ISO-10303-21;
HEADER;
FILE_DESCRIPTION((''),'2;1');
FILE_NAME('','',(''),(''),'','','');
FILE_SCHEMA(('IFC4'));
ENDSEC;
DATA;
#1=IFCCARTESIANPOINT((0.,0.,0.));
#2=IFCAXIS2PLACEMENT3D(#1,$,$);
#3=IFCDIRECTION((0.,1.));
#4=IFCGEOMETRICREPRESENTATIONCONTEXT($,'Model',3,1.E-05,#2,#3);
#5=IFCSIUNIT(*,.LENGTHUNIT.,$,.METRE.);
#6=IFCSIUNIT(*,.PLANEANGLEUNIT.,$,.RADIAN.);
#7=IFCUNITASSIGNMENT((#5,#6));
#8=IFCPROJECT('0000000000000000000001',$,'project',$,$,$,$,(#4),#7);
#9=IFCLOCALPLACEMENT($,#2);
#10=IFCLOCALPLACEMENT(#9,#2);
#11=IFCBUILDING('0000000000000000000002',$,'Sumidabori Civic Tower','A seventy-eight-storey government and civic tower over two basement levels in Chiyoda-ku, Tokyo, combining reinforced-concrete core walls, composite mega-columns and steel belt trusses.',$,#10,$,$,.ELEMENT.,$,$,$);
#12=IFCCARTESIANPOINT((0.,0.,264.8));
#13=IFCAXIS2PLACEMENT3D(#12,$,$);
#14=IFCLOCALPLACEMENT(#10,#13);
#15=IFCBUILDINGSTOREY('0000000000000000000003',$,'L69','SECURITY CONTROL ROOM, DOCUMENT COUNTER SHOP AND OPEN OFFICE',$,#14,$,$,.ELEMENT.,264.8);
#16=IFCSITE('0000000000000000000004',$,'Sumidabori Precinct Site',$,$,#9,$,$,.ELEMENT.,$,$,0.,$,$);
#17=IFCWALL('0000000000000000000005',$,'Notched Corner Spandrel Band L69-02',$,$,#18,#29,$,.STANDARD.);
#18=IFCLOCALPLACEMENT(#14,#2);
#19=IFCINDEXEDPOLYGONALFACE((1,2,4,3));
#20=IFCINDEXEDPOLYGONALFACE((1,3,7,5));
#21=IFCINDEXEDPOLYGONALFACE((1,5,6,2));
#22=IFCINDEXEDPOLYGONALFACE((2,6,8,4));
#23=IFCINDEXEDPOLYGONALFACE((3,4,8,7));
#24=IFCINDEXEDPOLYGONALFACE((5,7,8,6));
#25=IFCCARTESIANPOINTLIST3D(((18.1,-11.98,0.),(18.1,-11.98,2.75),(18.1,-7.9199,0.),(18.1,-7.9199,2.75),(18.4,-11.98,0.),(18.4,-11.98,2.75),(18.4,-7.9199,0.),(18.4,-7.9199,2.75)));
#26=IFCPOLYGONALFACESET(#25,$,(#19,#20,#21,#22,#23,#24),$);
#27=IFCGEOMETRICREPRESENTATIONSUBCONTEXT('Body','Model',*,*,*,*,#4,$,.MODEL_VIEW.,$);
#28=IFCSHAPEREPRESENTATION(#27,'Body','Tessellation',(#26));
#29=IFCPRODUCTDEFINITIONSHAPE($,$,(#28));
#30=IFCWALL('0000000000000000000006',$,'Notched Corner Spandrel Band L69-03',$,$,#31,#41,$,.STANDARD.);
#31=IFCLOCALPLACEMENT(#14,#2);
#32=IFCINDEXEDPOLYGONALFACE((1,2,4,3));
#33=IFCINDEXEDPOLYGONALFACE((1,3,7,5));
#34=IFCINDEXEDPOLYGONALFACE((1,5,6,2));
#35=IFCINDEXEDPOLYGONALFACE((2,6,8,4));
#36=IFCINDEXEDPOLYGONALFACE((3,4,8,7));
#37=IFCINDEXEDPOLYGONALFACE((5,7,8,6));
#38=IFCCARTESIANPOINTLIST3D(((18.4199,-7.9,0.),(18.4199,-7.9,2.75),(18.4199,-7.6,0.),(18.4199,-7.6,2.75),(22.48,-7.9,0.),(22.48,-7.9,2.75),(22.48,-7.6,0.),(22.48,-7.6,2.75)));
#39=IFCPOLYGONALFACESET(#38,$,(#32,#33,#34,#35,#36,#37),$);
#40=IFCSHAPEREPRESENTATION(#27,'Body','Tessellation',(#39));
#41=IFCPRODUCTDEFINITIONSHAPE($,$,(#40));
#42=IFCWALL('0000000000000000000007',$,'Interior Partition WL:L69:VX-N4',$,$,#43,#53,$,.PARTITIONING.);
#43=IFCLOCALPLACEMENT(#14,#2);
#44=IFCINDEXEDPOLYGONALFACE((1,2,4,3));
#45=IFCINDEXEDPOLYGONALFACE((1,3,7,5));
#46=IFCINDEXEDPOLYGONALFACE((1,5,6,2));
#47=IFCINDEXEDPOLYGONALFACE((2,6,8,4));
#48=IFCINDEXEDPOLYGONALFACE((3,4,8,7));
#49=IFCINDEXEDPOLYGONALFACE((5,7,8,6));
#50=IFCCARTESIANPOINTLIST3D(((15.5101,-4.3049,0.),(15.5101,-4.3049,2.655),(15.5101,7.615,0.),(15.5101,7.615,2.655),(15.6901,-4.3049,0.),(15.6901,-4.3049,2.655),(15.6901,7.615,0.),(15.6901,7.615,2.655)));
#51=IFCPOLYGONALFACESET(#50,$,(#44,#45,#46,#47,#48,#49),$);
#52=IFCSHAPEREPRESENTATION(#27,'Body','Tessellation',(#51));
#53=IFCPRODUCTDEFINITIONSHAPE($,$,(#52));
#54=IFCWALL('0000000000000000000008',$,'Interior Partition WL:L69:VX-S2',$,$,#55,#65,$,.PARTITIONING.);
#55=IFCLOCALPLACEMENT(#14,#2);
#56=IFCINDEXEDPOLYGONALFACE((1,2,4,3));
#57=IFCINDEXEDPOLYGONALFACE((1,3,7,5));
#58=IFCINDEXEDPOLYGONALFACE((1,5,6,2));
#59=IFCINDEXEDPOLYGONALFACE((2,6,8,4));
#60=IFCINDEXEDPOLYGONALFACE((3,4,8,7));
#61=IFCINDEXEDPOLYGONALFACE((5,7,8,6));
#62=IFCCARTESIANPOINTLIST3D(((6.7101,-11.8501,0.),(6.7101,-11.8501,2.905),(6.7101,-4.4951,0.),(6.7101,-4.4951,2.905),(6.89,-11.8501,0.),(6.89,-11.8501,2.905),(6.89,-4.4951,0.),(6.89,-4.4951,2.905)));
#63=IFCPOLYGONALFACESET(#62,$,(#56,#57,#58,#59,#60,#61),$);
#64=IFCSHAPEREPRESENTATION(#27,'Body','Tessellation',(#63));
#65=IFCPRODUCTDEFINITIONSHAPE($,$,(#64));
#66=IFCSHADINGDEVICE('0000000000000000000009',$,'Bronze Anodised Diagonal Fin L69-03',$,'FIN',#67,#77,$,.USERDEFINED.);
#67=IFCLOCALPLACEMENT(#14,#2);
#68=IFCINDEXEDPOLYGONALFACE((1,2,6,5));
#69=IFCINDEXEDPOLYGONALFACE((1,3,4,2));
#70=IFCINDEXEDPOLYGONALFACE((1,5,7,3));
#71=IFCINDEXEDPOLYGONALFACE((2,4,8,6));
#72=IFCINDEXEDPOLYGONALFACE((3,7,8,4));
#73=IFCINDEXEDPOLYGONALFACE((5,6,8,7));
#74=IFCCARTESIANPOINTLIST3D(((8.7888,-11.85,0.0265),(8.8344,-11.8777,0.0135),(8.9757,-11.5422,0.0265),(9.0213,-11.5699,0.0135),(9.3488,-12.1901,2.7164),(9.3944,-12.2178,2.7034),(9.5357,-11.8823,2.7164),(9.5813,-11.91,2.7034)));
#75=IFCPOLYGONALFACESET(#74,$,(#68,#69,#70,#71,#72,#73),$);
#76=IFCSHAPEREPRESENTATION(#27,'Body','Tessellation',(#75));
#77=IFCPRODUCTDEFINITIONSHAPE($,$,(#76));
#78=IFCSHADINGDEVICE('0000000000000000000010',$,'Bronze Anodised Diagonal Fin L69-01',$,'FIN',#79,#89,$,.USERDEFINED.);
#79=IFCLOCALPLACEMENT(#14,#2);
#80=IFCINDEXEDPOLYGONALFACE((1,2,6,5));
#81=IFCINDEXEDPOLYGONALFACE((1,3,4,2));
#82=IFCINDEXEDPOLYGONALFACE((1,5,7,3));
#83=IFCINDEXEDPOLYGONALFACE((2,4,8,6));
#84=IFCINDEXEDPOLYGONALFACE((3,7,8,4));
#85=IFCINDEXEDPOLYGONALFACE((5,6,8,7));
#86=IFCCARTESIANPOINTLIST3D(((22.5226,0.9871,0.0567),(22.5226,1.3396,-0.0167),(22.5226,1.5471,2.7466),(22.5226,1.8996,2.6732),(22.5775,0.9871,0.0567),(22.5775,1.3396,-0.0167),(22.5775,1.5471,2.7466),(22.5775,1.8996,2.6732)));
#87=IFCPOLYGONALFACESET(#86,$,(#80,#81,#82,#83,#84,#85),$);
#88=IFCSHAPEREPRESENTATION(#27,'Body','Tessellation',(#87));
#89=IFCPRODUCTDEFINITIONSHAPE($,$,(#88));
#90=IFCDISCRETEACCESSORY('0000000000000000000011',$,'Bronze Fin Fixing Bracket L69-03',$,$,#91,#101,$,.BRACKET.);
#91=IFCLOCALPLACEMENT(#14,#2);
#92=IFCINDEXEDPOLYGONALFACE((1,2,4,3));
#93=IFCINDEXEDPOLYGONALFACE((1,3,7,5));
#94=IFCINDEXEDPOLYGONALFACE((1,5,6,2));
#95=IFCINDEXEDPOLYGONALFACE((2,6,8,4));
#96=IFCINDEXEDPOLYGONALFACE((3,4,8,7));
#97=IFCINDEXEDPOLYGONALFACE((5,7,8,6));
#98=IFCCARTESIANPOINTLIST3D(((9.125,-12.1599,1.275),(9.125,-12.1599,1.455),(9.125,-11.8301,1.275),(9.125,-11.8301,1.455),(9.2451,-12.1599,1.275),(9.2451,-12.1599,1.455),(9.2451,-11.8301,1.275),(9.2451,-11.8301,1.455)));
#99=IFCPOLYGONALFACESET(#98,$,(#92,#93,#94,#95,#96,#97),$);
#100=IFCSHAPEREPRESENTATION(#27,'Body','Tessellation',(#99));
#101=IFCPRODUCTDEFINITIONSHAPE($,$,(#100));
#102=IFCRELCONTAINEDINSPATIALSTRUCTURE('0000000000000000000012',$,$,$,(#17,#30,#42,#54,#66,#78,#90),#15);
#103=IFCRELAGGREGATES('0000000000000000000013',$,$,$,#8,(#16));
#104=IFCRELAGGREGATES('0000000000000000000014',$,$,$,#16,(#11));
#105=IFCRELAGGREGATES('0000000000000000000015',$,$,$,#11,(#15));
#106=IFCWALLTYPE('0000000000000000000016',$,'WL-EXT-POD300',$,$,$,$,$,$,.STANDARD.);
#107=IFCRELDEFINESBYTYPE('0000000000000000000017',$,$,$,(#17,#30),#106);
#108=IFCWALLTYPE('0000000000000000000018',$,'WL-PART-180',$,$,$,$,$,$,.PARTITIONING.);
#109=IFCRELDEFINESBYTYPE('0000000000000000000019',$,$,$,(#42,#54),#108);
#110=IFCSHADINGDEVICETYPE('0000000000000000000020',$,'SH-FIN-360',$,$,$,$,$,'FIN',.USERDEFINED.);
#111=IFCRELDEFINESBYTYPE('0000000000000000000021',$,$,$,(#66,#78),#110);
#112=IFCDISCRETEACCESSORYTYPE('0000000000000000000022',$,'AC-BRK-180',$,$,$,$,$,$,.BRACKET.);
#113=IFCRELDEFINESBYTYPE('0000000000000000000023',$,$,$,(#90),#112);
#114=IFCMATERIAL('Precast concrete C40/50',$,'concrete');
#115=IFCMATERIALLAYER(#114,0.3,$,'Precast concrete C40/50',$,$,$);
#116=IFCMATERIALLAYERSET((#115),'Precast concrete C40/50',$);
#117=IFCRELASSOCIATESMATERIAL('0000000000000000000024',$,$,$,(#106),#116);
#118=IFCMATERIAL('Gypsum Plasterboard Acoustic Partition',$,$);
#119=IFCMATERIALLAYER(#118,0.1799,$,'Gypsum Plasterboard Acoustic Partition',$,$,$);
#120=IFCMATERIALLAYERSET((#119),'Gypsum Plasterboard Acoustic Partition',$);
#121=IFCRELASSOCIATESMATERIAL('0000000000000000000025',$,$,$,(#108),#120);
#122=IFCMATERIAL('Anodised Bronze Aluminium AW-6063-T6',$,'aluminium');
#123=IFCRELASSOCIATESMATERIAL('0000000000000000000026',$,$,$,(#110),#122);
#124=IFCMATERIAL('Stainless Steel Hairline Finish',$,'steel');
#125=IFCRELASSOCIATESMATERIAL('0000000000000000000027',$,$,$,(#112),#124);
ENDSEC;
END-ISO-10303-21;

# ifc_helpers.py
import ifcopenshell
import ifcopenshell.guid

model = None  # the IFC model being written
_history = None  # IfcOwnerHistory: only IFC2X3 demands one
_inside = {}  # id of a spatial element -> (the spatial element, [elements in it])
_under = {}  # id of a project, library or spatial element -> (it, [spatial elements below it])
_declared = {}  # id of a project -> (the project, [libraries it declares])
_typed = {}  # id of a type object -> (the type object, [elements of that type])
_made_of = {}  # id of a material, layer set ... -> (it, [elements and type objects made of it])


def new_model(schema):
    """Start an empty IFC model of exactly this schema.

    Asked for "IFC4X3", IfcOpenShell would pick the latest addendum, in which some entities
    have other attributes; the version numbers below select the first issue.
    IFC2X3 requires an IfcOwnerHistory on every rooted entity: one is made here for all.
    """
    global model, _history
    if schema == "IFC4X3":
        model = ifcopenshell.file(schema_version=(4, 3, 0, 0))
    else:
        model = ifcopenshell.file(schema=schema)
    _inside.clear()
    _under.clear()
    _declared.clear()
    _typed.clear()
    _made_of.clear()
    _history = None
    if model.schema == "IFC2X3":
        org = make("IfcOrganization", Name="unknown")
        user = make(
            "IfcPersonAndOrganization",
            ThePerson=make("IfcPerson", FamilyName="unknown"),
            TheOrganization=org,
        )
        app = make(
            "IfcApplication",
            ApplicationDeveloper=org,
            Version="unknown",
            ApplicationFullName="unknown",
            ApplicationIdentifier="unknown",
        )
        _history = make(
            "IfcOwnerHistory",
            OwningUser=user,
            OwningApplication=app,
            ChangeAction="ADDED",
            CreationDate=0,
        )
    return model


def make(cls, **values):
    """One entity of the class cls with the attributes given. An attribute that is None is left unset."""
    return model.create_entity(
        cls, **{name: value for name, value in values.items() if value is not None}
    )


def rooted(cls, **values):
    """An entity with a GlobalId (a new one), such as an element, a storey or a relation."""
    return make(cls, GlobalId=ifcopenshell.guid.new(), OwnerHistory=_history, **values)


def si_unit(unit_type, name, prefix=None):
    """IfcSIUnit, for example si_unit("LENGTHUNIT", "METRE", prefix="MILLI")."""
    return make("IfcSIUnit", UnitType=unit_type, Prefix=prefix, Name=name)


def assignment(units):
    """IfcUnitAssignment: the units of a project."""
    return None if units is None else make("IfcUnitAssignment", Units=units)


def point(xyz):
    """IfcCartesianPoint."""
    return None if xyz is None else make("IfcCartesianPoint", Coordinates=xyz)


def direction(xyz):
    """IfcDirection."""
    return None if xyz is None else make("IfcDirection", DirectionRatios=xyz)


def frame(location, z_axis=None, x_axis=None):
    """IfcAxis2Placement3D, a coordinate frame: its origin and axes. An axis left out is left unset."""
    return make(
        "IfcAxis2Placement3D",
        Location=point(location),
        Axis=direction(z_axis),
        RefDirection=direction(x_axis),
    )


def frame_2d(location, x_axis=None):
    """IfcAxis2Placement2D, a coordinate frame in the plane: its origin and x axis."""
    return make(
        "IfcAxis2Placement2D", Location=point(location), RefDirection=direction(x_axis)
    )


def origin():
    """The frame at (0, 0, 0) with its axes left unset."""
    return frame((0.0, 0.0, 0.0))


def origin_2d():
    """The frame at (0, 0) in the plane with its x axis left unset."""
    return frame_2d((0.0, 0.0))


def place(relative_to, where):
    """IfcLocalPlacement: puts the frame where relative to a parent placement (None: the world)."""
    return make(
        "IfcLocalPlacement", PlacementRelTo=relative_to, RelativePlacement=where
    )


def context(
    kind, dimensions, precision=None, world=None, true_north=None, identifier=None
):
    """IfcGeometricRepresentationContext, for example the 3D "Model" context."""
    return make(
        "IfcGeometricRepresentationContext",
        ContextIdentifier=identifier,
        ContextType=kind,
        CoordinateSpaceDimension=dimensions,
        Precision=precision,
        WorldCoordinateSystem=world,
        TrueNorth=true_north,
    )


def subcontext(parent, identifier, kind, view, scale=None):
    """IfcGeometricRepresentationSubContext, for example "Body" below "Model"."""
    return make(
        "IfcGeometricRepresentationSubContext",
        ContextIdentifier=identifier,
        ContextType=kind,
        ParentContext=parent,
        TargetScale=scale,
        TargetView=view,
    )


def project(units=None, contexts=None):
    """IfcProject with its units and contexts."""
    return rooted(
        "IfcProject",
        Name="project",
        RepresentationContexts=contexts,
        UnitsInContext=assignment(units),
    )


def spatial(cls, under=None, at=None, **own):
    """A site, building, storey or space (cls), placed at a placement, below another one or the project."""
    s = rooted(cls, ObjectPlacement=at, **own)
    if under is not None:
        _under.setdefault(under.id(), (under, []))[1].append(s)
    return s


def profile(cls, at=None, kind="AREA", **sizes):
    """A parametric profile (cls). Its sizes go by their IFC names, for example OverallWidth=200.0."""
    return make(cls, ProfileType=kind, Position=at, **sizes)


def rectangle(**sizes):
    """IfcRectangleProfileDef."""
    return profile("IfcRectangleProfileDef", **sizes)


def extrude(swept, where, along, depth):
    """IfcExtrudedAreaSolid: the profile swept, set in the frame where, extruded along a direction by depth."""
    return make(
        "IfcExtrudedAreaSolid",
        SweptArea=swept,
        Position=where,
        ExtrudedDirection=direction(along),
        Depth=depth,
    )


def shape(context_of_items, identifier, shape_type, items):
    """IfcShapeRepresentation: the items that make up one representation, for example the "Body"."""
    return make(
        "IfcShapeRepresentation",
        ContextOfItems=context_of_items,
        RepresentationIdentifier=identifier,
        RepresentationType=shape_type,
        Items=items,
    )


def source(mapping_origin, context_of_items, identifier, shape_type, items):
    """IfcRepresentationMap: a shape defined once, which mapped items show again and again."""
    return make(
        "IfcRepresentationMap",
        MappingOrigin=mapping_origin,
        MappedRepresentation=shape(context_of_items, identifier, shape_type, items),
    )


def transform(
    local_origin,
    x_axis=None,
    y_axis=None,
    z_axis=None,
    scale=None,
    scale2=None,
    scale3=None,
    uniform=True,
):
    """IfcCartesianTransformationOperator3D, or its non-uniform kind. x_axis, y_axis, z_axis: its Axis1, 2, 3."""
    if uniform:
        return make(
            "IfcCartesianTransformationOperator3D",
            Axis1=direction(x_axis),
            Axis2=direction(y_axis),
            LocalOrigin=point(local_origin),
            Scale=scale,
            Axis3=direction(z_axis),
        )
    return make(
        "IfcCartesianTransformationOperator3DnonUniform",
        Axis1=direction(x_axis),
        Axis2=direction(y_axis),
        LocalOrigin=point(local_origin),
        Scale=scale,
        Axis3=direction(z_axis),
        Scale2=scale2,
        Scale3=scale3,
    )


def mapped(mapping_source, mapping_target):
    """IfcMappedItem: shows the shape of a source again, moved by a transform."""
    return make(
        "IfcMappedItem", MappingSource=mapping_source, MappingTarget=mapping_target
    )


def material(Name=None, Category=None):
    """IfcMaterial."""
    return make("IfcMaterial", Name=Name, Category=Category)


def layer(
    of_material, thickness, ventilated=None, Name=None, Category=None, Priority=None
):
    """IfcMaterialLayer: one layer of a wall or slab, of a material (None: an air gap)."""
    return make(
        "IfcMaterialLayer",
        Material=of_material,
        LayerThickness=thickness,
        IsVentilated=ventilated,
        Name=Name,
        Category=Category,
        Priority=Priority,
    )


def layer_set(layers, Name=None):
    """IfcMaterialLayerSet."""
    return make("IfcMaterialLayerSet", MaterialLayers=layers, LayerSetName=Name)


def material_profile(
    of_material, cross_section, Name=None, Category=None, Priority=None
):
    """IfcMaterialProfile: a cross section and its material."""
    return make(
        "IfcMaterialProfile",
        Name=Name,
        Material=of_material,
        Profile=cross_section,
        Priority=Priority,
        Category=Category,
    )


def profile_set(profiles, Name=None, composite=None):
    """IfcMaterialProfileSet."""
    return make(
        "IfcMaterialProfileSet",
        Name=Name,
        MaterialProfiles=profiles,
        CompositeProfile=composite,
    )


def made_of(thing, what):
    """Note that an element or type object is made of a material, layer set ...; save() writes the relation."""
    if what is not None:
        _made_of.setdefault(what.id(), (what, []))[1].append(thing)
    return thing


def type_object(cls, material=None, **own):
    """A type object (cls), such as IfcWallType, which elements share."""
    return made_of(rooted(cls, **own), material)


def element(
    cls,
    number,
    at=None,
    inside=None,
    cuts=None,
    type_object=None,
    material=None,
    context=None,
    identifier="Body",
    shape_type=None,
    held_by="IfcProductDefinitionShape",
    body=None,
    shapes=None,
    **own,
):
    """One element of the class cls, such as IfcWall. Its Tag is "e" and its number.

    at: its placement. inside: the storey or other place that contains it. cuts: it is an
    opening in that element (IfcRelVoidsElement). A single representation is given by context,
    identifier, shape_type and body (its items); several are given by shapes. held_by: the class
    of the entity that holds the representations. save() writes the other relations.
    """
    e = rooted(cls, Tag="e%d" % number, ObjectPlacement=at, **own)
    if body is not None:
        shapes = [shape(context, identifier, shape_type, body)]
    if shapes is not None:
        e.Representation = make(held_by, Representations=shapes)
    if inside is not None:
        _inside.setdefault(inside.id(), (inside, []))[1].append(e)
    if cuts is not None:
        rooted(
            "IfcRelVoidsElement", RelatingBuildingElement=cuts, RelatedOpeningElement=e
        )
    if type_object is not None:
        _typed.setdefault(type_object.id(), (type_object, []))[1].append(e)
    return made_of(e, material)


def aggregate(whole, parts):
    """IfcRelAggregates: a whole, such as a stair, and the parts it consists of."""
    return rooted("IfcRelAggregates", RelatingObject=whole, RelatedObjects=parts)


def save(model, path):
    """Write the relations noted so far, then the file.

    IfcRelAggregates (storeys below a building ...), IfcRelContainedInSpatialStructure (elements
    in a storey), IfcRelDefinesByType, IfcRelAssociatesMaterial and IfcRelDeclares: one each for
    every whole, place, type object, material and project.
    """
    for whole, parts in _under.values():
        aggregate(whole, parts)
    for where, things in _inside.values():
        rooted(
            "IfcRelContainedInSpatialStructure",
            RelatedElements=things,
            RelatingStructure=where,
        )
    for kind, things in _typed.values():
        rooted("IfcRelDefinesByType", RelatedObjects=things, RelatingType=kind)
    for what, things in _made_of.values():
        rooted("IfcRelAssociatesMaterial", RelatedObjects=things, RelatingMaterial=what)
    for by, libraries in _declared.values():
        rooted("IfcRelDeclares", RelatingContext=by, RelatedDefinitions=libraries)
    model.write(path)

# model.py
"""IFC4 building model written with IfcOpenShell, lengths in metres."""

from ifc_helpers import new_model, si_unit, direction, frame, frame_2d, origin, origin_2d, place, context, subcontext, project, spatial, rectangle, extrude, source, transform, mapped, material, layer, layer_set, material_profile, profile_set, type_object, element, save


model = new_model("IFC4")

# Units and contexts
model_context = context("Model", 3, precision=1e-05, world=origin(), true_north=direction((0.0, 1.0)))
body_context = subcontext(model_context, "Body", "Model", "MODEL_VIEW")
ifc_project = project(units=[si_unit("LENGTHUNIT", "METRE"), si_unit("PLANEANGLEUNIT", "RADIAN")], contexts=[model_context])

# Site, building, storey
site_placement = place(None, origin())
site = spatial("IfcSite", under=ifc_project, at=site_placement, Name="Sumidabori Precinct Site", CompositionType="ELEMENT", RefElevation=0.0)
building_placement = place(site_placement, origin())
building = spatial("IfcBuilding", under=site, at=building_placement, Name="Sumidabori Civic Tower", Description="A seventy-eight-storey government and civic tower over two basement levels in Chiyoda-ku, Tokyo, combining reinforced-concrete core walls, composite mega-columns and steel belt trusses.", CompositionType="ELEMENT")
storey_placement = place(building_placement, frame((0.0, 0.0, 264.8)))
storey = spatial("IfcBuildingStorey", under=building, at=storey_placement, Name="L69", Description="SECURITY CONTROL ROOM, DOCUMENT COUNTER SHOP AND OPEN OFFICE", CompositionType="ELEMENT", Elevation=264.8)

# Shared definitions
ifc_material_1 = material(Name="Anodised Bronze Aluminium AW-6063-T6", Category="aluminium")

# Walls
ifc_material_2 = material(Name="Precast concrete C40/50", Category="concrete")
ifc_layer_1 = layer(ifc_material_2, 0.3, Name="Precast concrete C40/50")
ifc_layer_set_1 = layer_set([ifc_layer_1], Name="Precast concrete C40/50")
wall_type_1 = type_object("IfcWallType", Name="WL-EXT-POD300", PredefinedType="STANDARD", material=ifc_layer_set_1)
shared_shape_1 = source(origin(), body_context, "Body", "SweptSolid", [
    extrude(rectangle(XDim=4.0601, YDim=0.3, at=frame_2d((2.03, 0.0))), origin(), (0.0, 0.0, 1.0), 2.75),
])
for number, where, z_axis, x_axis, name in (
    (1, (18.25, -11.98, 0.0), (0.0, 0.0, 1.0), (0.0, 1.0, 0.0), "Notched Corner Spandrel Band L69-02"),
    (2, (18.4199, -7.75, 0.0), (0.0, 0.0, 1.0), (1.0, 0.0, 0.0), "Notched Corner Spandrel Band L69-03"),
):
    element("IfcWall", number, at=place(storey_placement, frame(where, z_axis=z_axis, x_axis=x_axis)), inside=storey, type_object=wall_type_1, Name=name, PredefinedType="STANDARD", context=body_context, shape_type="MappedRepresentation", body=[
        mapped(shared_shape_1, transform((0.0, 0.0, 0.0), x_axis=(1.0, 0.0, 0.0), y_axis=(0.0, 1.0, 0.0), z_axis=(0.0, 0.0, 1.0), scale=1.0)),
    ])
ifc_material_3 = material(Name="Gypsum Plasterboard Acoustic Partition")
ifc_layer_2 = layer(ifc_material_3, 0.1799, Name="Gypsum Plasterboard Acoustic Partition")
ifc_layer_set_2 = layer_set([ifc_layer_2], Name="Gypsum Plasterboard Acoustic Partition")
wall_type_2 = type_object("IfcWallType", Name="WL-PART-180", PredefinedType="PARTITIONING", material=ifc_layer_set_2)
shared_shape_2 = source(origin(), body_context, "Body", "SweptSolid", [
    extrude(rectangle(XDim=11.9199, YDim=0.1799, at=frame_2d((5.96, 0.0))), origin(), (0.0, 0.0, 1.0), 2.655),
])
wall_1_placement = place(storey_placement, frame((15.6001, -4.3049, 0.0), z_axis=(0.0, 0.0, 1.0), x_axis=(0.0, 1.0, 0.0)))
element("IfcWall", 3, at=wall_1_placement, inside=storey, type_object=wall_type_2, Name="Interior Partition WL:L69:VX-N4", PredefinedType="PARTITIONING", context=body_context, shape_type="MappedRepresentation", body=[
    mapped(shared_shape_2, transform((0.0, 0.0, 0.0), x_axis=(1.0, 0.0, 0.0), y_axis=(0.0, 1.0, 0.0), z_axis=(0.0, 0.0, 1.0), scale=1.0)),
])
shared_shape_3 = source(origin(), body_context, "Body", "SweptSolid", [
    extrude(rectangle(XDim=7.355, YDim=0.1799, at=frame_2d((3.6775, 0.0))), origin(), (0.0, 0.0, 1.0), 2.905),
])
wall_2_placement = place(storey_placement, frame((6.8, -11.8501, 0.0), z_axis=(0.0, 0.0, 1.0), x_axis=(0.0, 1.0, 0.0)))
element("IfcWall", 4, at=wall_2_placement, inside=storey, type_object=wall_type_2, Name="Interior Partition WL:L69:VX-S2", PredefinedType="PARTITIONING", context=body_context, shape_type="MappedRepresentation", body=[
    mapped(shared_shape_3, transform((0.0, 0.0, 0.0), x_axis=(1.0, 0.0, 0.0), y_axis=(0.0, 1.0, 0.0), z_axis=(0.0, 0.0, 1.0), scale=1.0)),
])

# Shading devices
ifc_material_profile_1 = material_profile(ifc_material_1, rectangle(XDim=0.0549, YDim=0.3601, at=origin_2d()), Name="BRONZE FIN 360x55")
ifc_profile_set_1 = profile_set([ifc_material_profile_1], Name="Anodised Bronze Aluminium AW-6063-T6")
shading_device_type = type_object("IfcShadingDeviceType", Name="SH-FIN-360", ElementType="FIN", PredefinedType="USERDEFINED", material=ifc_profile_set_1)
shared_shape_4 = source(origin(), body_context, "Body", "SweptSolid", [
    extrude(rectangle(XDim=0.0549, YDim=0.3601, at=origin_2d()), origin(), (0.0, 0.0, 1.0), 2.7686),
])
shading_device_1_placement = place(storey_placement, frame((8.905, -11.71, 0.02), z_axis=(0.20229, -0.122838, 0.971591), x_axis=(0.83047, -0.504291, -0.236665)))
element("IfcShadingDevice", 5, at=shading_device_1_placement, inside=storey, type_object=shading_device_type, Name="Bronze Anodised Diagonal Fin L69-03", ObjectType="FIN", PredefinedType="USERDEFINED", context=body_context, shape_type="MappedRepresentation", body=[
    mapped(shared_shape_4, transform((0.0, 0.0, 0.0), x_axis=(1.0, 0.0, 0.0), y_axis=(0.0, 1.0, 0.0), z_axis=(0.0, 0.0, 1.0), scale=1.0)),
])
shared_shape_5 = source(origin(), body_context, "Body", "SweptSolid", [
    extrude(rectangle(XDim=0.0549, YDim=0.3601, at=origin_2d()), origin(), (0.0, 0.0, 1.0), 2.7476),
])
shading_device_2_placement = place(storey_placement, frame((22.55, 1.1633, 0.02), z_axis=(0.0, 0.203834, 0.979006), x_axis=(-1.0, 0.0, 0.0)))
element("IfcShadingDevice", 6, at=shading_device_2_placement, inside=storey, type_object=shading_device_type, Name="Bronze Anodised Diagonal Fin L69-01", ObjectType="FIN", PredefinedType="USERDEFINED", context=body_context, shape_type="MappedRepresentation", body=[
    mapped(shared_shape_5, transform((0.0, 0.0, 0.0), x_axis=(1.0, 0.0, 0.0), y_axis=(0.0, 1.0, 0.0), z_axis=(0.0, 0.0, 1.0), scale=1.0)),
])

# Discrete accessory
ifc_material_4 = material(Name="Stainless Steel Hairline Finish", Category="steel")
ifc_material_profile_2 = material_profile(ifc_material_4, rectangle(XDim=0.1201, YDim=0.1799, at=origin_2d()), Name="STEEL BRACKET 180x120")
ifc_profile_set_2 = profile_set([ifc_material_profile_2], Name="Stainless Steel Hairline Finish")
discrete_accessory_type = type_object("IfcDiscreteAccessoryType", Name="AC-BRK-180", PredefinedType="BRACKET", material=ifc_profile_set_2)
shared_shape_6 = source(origin(), body_context, "Body", "SweptSolid", [
    extrude(rectangle(XDim=0.1201, YDim=0.1799, at=origin_2d()), origin(), (0.0, 0.0, 1.0), 0.3298),
])
discrete_accessory_placement = place(storey_placement, frame((9.1851, -11.8301, 1.365), z_axis=(0.0, -1.0, 0.0), x_axis=(1.0, 0.0, 0.0)))
element("IfcDiscreteAccessory", 7, at=discrete_accessory_placement, inside=storey, type_object=discrete_accessory_type, Name="Bronze Fin Fixing Bracket L69-03", PredefinedType="BRACKET", context=body_context, shape_type="MappedRepresentation", body=[
    mapped(shared_shape_6, transform((0.0, 0.0, 0.0), x_axis=(1.0, 0.0, 0.0), y_axis=(0.0, 1.0, 0.0), z_axis=(0.0, 0.0, 1.0), scale=1.0)),
])

save(model, "model.ifc")
